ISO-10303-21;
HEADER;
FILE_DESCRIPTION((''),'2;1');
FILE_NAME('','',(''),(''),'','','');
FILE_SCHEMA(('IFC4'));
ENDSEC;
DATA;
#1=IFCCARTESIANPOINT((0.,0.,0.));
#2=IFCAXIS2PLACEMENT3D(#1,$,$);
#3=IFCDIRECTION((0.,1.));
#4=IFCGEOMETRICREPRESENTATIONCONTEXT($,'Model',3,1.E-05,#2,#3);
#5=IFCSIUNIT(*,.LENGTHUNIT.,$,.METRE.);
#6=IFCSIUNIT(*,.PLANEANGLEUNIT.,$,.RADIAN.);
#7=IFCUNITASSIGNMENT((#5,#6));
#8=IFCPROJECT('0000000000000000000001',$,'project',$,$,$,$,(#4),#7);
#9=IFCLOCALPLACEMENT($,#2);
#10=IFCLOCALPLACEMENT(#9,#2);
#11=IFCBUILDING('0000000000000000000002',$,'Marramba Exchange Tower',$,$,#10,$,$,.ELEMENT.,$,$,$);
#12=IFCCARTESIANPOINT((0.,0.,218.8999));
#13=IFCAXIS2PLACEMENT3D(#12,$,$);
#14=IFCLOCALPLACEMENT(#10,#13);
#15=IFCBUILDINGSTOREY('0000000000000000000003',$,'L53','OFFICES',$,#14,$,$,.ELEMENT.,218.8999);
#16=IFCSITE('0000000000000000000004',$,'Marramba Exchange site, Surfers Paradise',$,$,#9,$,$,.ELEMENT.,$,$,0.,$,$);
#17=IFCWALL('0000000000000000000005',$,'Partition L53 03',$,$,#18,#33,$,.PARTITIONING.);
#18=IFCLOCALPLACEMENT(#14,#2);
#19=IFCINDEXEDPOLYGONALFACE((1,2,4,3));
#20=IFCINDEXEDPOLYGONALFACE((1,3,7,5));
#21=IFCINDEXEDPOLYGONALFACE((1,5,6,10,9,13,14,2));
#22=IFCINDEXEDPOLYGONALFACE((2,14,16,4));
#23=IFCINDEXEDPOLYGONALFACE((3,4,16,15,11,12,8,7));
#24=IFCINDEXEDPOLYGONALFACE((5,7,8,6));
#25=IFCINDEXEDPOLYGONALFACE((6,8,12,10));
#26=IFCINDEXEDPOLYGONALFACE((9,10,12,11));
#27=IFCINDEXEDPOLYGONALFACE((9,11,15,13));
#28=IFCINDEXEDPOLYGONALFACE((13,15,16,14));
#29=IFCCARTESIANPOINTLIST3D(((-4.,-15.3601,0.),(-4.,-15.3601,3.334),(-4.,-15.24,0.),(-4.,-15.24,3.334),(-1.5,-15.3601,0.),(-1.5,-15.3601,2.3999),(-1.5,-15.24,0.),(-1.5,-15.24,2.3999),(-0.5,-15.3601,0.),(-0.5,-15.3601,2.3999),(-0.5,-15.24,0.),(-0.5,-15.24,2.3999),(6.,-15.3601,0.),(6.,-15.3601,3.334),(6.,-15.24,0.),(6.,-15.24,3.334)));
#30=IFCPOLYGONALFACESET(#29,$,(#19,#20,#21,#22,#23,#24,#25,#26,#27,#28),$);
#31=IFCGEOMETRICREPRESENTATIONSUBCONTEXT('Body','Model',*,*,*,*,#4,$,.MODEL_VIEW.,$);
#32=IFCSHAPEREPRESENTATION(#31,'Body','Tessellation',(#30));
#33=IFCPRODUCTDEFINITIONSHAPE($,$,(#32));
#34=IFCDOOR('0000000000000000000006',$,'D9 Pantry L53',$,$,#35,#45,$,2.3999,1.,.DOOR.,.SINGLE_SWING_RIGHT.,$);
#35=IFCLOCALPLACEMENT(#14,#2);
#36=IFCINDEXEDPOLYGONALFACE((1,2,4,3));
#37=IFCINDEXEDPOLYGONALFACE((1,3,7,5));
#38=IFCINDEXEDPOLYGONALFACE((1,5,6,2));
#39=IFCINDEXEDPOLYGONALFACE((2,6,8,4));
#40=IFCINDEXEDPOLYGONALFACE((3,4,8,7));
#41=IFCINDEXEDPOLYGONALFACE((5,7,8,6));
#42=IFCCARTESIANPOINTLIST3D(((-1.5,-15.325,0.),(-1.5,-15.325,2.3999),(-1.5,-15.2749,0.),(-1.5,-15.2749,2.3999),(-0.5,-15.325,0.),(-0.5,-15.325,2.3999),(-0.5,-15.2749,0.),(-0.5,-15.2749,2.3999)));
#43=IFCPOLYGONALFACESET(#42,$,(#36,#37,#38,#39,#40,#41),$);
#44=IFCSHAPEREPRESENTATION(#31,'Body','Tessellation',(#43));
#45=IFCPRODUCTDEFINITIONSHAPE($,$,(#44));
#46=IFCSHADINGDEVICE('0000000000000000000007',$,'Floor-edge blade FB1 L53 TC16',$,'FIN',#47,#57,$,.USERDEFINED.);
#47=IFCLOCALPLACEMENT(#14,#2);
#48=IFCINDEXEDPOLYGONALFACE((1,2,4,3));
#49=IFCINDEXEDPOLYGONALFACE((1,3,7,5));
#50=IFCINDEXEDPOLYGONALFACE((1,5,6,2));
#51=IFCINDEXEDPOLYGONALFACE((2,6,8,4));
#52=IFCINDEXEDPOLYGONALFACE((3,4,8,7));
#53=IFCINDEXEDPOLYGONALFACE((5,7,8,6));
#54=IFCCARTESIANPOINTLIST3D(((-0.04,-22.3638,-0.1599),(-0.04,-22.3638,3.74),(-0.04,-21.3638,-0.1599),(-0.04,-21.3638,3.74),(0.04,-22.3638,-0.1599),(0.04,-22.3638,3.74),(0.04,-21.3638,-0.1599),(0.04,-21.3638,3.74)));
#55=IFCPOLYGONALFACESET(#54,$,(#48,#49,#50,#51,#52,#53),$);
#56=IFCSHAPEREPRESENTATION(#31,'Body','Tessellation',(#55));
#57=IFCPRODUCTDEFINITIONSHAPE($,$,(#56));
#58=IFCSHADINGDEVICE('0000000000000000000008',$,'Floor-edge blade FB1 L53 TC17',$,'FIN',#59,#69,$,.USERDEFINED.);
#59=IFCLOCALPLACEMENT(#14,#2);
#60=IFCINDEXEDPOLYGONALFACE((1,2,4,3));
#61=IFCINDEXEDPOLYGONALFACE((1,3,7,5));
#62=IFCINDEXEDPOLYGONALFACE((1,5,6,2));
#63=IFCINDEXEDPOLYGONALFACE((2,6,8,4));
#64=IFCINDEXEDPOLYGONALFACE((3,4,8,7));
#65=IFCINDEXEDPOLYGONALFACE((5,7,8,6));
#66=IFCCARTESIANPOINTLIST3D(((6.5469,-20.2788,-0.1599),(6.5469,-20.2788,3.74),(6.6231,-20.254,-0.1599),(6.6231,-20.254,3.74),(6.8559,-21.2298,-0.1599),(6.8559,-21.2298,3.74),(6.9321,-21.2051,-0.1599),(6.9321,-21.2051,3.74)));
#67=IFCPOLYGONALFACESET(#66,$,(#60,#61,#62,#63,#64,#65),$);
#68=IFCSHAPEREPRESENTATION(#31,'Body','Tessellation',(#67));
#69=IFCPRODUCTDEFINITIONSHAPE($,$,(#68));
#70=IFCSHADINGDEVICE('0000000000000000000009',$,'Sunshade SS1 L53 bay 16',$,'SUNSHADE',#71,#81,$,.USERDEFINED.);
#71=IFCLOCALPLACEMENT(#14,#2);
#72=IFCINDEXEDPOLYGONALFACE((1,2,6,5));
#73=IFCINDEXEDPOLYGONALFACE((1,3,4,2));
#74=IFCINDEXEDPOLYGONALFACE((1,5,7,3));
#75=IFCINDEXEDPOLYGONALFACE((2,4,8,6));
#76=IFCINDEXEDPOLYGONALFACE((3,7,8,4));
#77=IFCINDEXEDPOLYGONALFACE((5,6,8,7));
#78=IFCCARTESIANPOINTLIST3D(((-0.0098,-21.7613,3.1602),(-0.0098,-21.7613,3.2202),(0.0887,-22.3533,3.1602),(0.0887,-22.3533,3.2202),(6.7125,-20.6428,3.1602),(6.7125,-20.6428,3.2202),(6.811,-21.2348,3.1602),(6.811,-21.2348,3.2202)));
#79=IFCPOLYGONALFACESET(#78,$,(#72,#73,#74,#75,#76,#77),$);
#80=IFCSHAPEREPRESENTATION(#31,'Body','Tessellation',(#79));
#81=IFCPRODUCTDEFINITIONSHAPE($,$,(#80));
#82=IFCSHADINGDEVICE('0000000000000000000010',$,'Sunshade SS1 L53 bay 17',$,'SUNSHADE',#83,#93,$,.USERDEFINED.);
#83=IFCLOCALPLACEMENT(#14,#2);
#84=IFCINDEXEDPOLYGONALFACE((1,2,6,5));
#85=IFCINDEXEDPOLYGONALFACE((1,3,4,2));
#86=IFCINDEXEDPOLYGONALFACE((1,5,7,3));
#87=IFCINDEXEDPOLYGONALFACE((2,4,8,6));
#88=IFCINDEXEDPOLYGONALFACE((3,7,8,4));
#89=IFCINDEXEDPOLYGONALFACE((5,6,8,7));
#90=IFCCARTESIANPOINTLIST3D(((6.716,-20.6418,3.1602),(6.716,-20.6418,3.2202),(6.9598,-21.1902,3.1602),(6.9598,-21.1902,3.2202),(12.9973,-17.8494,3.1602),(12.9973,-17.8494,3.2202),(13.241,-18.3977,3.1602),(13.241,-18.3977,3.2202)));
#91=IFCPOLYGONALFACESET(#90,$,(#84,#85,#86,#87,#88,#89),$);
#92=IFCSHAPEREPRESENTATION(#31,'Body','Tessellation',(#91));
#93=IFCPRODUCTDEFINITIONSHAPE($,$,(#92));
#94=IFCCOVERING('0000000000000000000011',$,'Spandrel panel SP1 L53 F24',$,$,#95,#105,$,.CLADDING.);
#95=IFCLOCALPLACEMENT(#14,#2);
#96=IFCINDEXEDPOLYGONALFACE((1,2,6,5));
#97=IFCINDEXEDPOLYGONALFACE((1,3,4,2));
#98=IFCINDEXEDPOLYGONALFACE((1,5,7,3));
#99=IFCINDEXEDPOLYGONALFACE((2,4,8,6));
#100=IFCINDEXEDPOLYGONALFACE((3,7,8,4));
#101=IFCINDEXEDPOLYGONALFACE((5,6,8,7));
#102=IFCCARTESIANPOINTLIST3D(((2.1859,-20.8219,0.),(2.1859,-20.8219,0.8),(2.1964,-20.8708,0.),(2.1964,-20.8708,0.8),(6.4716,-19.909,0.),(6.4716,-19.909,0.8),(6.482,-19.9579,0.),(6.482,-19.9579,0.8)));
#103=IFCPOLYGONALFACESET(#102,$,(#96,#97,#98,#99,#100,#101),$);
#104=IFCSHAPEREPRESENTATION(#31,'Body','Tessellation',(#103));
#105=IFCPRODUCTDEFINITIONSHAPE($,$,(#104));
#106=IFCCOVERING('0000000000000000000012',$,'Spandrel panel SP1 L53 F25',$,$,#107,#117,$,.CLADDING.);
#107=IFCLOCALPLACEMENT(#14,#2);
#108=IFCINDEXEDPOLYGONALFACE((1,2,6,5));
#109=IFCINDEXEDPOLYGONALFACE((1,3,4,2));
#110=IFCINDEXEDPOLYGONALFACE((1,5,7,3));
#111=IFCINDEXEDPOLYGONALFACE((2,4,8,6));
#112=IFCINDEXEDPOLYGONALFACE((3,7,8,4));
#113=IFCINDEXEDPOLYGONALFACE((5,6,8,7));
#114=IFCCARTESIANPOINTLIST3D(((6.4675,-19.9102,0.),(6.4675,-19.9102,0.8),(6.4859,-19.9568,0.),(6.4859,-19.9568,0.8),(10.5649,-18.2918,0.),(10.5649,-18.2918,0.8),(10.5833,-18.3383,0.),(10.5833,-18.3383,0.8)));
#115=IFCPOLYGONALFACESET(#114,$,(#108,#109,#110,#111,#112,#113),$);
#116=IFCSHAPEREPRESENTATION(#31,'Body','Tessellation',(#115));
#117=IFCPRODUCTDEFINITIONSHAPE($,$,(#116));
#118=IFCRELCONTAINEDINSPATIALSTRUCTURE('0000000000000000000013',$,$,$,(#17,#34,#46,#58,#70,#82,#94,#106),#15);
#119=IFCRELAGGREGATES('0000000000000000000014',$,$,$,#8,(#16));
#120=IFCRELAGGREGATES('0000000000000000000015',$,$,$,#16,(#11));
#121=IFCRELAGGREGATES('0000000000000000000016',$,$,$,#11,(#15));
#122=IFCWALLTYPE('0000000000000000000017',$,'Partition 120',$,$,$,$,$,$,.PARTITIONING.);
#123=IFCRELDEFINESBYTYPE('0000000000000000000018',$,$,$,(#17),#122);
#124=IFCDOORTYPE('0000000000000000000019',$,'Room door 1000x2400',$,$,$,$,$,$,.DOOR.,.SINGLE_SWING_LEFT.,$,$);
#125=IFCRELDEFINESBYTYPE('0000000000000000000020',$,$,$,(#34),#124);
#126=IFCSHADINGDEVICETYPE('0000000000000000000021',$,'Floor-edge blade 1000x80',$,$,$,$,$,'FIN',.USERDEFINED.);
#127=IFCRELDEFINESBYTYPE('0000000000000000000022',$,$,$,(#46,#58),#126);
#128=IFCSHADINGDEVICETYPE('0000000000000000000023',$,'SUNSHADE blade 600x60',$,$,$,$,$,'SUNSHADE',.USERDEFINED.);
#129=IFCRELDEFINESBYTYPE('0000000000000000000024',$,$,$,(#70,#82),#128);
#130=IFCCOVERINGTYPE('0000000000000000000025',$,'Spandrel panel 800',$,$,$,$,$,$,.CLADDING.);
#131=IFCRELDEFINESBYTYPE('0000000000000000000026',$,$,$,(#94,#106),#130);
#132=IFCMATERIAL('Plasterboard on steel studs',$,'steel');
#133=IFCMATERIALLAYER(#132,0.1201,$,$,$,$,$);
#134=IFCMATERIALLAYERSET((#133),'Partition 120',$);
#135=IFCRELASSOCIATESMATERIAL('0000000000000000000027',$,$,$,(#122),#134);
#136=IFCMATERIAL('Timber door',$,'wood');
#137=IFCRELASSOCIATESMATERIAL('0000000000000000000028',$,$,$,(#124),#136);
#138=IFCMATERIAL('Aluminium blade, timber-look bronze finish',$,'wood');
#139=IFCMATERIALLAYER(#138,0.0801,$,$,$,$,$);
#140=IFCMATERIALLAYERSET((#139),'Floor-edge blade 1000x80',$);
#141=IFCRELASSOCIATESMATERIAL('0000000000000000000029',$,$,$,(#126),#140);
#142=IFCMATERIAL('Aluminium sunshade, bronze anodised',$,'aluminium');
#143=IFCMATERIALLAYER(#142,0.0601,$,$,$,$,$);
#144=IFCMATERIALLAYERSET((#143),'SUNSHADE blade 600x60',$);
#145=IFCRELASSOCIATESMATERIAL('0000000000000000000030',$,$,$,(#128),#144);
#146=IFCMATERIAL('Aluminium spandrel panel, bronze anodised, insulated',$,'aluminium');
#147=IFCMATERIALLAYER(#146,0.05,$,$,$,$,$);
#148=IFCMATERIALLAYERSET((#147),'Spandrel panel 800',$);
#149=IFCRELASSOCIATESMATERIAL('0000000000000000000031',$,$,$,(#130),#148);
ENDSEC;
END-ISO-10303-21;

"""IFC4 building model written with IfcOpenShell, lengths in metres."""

from ifc_helpers import new_model, si_unit, direction, frame, frame_2d, origin, origin_2d, place, context, subcontext, project, spatial, rectangle, extrude, material, layer, layer_set, type_object, element, fill, save


model = new_model("IFC4")

# Units and contexts
model_context = context("Model", 3, precision=1e-05, world=origin(), true_north=direction((0.0, 1.0)))
body_context = subcontext(model_context, "Body", "Model", "MODEL_VIEW")
ifc_project = project(units=[si_unit("LENGTHUNIT", "METRE"), si_unit("PLANEANGLEUNIT", "RADIAN")], contexts=[model_context])

# Site, building, storey
site_placement = place(None, origin())
site = spatial("IfcSite", under=ifc_project, at=site_placement, Name="Marramba Exchange site, Surfers Paradise", CompositionType="ELEMENT", RefElevation=0.0)
building_placement = place(site_placement, origin())
building = spatial("IfcBuilding", under=site, at=building_placement, Name="Marramba Exchange Tower", CompositionType="ELEMENT")
storey_placement = place(building_placement, frame((0.0, 0.0, 218.8999)))
storey = spatial("IfcBuildingStorey", under=building, at=storey_placement, Name="L53", Description="OFFICES", CompositionType="ELEMENT", Elevation=218.8999)

# Wall, opening, door
ifc_material_1 = material(Name="Plasterboard on steel studs", Category="steel")
ifc_layer_1 = layer(ifc_material_1, 0.1201)
ifc_layer_set_1 = layer_set([ifc_layer_1], Name="Partition 120")
wall_type = type_object("IfcWallType", Name="Partition 120", PredefinedType="PARTITIONING", material=ifc_layer_set_1)
wall_placement = place(storey_placement, frame((6.0, -15.3, 0.0), z_axis=(0.0, 0.0, 1.0), x_axis=(-1.0, 0.0, 0.0)))
wall = element("IfcWall", 1, at=wall_placement, inside=storey, type_object=wall_type, Name="Partition L53 03", PredefinedType="PARTITIONING", context=body_context, shape_type="SweptSolid", body=[
    extrude(rectangle(XDim=10.0, YDim=0.1201, at=frame_2d((5.0, 0.0))), origin(), (0.0, 0.0, 1.0), 3.334),
])
opening_placement = place(wall_placement, frame((6.5, 0.0, 0.0)))
opening = element("IfcOpeningElement", 2, at=opening_placement, cuts=wall, PredefinedType="OPENING", context=body_context, shape_type="SweptSolid", body=[
    extrude(rectangle(XDim=1.0, YDim=2.3999, at=frame_2d((0.5, 1.2))), frame((0.0, 0.0701, 0.0), z_axis=(0.0, -1.0, 0.0), x_axis=(1.0, 0.0, 0.0)), (0.0, 0.0, 1.0), 0.1401),
])
ifc_material_2 = material(Name="Timber door", Category="wood")
door_type = type_object("IfcDoorType", Name="Room door 1000x2400", OperationType="SINGLE_SWING_LEFT", PredefinedType="DOOR", material=ifc_material_2)
door_placement = place(opening_placement, frame((1.0, 0.0, 0.0), z_axis=(0.0, 0.0, 1.0), x_axis=(-1.0, 0.0, 0.0)))
door = element("IfcDoor", 3, at=door_placement, inside=storey, type_object=door_type, Name="D9 Pantry L53", OperationType="SINGLE_SWING_RIGHT", OverallHeight=2.3999, OverallWidth=1.0, PredefinedType="DOOR", context=body_context, shape_type="SweptSolid", body=[
    extrude(rectangle(XDim=1.0, YDim=2.3999, at=frame_2d((0.5, 1.2))), frame((0.0, 0.0251, 0.0), z_axis=(0.0, -1.0, 0.0), x_axis=(1.0, 0.0, 0.0)), (0.0, 0.0, 1.0), 0.05),
])
fill(opening, door)

# Shading devices
ifc_material_3 = material(Name="Aluminium blade, timber-look bronze finish", Category="wood")
ifc_layer_2 = layer(ifc_material_3, 0.0801)
ifc_layer_set_2 = layer_set([ifc_layer_2], Name="Floor-edge blade 1000x80")
shading_device_type_1 = type_object("IfcShadingDeviceType", Name="Floor-edge blade 1000x80", ElementType="FIN", PredefinedType="USERDEFINED", material=ifc_layer_set_2)
for number, where, z_axis, x_axis, name in (
    (4, (0.0, -21.8638, -0.1599), (0.0, 0.0, 1.0), (0.0, -1.0, 0.0), "Floor-edge blade FB1 L53 TC16"),
    (5, (6.7395, -20.7419, -0.1599), (0.0, 0.0, 1.0), (0.309017, -0.951057, 0.0), "Floor-edge blade FB1 L53 TC17"),
):
    element("IfcShadingDevice", number, at=place(storey_placement, frame(where, z_axis=z_axis, x_axis=x_axis)), inside=storey, type_object=shading_device_type_1, Name=name, ObjectType="FIN", PredefinedType="USERDEFINED", context=body_context, shape_type="SweptSolid", body=[
        extrude(rectangle(XDim=1.0, YDim=0.0801, at=origin_2d()), origin(), (0.0, 0.0, 1.0), 3.8999),
    ])
ifc_material_4 = material(Name="Aluminium sunshade, bronze anodised", Category="aluminium")
ifc_layer_3 = layer(ifc_material_4, 0.0601)
ifc_layer_set_3 = layer_set([ifc_layer_3], Name="SUNSHADE blade 600x60")
shading_device_type_2 = type_object("IfcShadingDeviceType", Name="SUNSHADE blade 600x60", ElementType="SUNSHADE", PredefinedType="USERDEFINED", material=ifc_layer_set_3)
shading_device_1_placement = place(storey_placement, frame((3.4006, -21.498, 3.1602), z_axis=(0.0, 0.0, 1.0), x_axis=(0.98644, 0.164125, 0.0)))
element("IfcShadingDevice", 6, at=shading_device_1_placement, inside=storey, type_object=shading_device_type_2, Name="Sunshade SS1 L53 bay 16", ObjectType="SUNSHADE", PredefinedType="USERDEFINED", context=body_context, shape_type="SweptSolid", body=[
    extrude(rectangle(XDim=6.8147, YDim=0.6001, at=origin_2d()), origin(), (0.0, 0.0, 1.0), 0.0601),
])
shading_device_2_placement = place(storey_placement, frame((9.9785, -19.5198, 3.1602), z_axis=(0.0, 0.0, 1.0), x_axis=(0.913772, 0.406228, 0.0)))
element("IfcShadingDevice", 7, at=shading_device_2_placement, inside=storey, type_object=shading_device_type_2, Name="Sunshade SS1 L53 bay 17", ObjectType="SUNSHADE", PredefinedType="USERDEFINED", context=body_context, shape_type="SweptSolid", body=[
    extrude(rectangle(XDim=6.874, YDim=0.6001, at=origin_2d()), origin(), (0.0, 0.0, 1.0), 0.0601),
])

# Coverings
ifc_material_5 = material(Name="Aluminium spandrel panel, bronze anodised, insulated", Category="aluminium")
ifc_layer_4 = layer(ifc_material_5, 0.05)
ifc_layer_set_4 = layer_set([ifc_layer_4], Name="Spandrel panel 800")
covering_type = type_object("IfcCoveringType", Name="Spandrel panel 800", PredefinedType="CLADDING", material=ifc_layer_set_4)
covering_1_placement = place(storey_placement, frame((4.334, -20.3899, 0.0), z_axis=(0.0, 0.0, 1.0), x_axis=(0.978058, 0.208332, 0.0)))
element("IfcCovering", 8, at=covering_1_placement, inside=storey, type_object=covering_type, Name="Spandrel panel SP1 L53 F24", PredefinedType="CLADDING", context=body_context, shape_type="SweptSolid", body=[
    extrude(rectangle(XDim=4.3818, YDim=0.05, at=origin_2d()), origin(), (0.0, 0.0, 1.0), 0.8),
])
covering_2_placement = place(storey_placement, frame((8.5254, -19.1243, 0.0), z_axis=(0.0, 0.0, 1.0), x_axis=(0.930073, 0.367375, 0.0)))
element("IfcCovering", 9, at=covering_2_placement, inside=storey, type_object=covering_type, Name="Spandrel panel SP1 L53 F25", PredefinedType="CLADDING", context=body_context, shape_type="SweptSolid", body=[
    extrude(rectangle(XDim=4.4055, YDim=0.05, at=origin_2d()), origin(), (0.0, 0.0, 1.0), 0.8),
])

save(model, "model.ifc")
